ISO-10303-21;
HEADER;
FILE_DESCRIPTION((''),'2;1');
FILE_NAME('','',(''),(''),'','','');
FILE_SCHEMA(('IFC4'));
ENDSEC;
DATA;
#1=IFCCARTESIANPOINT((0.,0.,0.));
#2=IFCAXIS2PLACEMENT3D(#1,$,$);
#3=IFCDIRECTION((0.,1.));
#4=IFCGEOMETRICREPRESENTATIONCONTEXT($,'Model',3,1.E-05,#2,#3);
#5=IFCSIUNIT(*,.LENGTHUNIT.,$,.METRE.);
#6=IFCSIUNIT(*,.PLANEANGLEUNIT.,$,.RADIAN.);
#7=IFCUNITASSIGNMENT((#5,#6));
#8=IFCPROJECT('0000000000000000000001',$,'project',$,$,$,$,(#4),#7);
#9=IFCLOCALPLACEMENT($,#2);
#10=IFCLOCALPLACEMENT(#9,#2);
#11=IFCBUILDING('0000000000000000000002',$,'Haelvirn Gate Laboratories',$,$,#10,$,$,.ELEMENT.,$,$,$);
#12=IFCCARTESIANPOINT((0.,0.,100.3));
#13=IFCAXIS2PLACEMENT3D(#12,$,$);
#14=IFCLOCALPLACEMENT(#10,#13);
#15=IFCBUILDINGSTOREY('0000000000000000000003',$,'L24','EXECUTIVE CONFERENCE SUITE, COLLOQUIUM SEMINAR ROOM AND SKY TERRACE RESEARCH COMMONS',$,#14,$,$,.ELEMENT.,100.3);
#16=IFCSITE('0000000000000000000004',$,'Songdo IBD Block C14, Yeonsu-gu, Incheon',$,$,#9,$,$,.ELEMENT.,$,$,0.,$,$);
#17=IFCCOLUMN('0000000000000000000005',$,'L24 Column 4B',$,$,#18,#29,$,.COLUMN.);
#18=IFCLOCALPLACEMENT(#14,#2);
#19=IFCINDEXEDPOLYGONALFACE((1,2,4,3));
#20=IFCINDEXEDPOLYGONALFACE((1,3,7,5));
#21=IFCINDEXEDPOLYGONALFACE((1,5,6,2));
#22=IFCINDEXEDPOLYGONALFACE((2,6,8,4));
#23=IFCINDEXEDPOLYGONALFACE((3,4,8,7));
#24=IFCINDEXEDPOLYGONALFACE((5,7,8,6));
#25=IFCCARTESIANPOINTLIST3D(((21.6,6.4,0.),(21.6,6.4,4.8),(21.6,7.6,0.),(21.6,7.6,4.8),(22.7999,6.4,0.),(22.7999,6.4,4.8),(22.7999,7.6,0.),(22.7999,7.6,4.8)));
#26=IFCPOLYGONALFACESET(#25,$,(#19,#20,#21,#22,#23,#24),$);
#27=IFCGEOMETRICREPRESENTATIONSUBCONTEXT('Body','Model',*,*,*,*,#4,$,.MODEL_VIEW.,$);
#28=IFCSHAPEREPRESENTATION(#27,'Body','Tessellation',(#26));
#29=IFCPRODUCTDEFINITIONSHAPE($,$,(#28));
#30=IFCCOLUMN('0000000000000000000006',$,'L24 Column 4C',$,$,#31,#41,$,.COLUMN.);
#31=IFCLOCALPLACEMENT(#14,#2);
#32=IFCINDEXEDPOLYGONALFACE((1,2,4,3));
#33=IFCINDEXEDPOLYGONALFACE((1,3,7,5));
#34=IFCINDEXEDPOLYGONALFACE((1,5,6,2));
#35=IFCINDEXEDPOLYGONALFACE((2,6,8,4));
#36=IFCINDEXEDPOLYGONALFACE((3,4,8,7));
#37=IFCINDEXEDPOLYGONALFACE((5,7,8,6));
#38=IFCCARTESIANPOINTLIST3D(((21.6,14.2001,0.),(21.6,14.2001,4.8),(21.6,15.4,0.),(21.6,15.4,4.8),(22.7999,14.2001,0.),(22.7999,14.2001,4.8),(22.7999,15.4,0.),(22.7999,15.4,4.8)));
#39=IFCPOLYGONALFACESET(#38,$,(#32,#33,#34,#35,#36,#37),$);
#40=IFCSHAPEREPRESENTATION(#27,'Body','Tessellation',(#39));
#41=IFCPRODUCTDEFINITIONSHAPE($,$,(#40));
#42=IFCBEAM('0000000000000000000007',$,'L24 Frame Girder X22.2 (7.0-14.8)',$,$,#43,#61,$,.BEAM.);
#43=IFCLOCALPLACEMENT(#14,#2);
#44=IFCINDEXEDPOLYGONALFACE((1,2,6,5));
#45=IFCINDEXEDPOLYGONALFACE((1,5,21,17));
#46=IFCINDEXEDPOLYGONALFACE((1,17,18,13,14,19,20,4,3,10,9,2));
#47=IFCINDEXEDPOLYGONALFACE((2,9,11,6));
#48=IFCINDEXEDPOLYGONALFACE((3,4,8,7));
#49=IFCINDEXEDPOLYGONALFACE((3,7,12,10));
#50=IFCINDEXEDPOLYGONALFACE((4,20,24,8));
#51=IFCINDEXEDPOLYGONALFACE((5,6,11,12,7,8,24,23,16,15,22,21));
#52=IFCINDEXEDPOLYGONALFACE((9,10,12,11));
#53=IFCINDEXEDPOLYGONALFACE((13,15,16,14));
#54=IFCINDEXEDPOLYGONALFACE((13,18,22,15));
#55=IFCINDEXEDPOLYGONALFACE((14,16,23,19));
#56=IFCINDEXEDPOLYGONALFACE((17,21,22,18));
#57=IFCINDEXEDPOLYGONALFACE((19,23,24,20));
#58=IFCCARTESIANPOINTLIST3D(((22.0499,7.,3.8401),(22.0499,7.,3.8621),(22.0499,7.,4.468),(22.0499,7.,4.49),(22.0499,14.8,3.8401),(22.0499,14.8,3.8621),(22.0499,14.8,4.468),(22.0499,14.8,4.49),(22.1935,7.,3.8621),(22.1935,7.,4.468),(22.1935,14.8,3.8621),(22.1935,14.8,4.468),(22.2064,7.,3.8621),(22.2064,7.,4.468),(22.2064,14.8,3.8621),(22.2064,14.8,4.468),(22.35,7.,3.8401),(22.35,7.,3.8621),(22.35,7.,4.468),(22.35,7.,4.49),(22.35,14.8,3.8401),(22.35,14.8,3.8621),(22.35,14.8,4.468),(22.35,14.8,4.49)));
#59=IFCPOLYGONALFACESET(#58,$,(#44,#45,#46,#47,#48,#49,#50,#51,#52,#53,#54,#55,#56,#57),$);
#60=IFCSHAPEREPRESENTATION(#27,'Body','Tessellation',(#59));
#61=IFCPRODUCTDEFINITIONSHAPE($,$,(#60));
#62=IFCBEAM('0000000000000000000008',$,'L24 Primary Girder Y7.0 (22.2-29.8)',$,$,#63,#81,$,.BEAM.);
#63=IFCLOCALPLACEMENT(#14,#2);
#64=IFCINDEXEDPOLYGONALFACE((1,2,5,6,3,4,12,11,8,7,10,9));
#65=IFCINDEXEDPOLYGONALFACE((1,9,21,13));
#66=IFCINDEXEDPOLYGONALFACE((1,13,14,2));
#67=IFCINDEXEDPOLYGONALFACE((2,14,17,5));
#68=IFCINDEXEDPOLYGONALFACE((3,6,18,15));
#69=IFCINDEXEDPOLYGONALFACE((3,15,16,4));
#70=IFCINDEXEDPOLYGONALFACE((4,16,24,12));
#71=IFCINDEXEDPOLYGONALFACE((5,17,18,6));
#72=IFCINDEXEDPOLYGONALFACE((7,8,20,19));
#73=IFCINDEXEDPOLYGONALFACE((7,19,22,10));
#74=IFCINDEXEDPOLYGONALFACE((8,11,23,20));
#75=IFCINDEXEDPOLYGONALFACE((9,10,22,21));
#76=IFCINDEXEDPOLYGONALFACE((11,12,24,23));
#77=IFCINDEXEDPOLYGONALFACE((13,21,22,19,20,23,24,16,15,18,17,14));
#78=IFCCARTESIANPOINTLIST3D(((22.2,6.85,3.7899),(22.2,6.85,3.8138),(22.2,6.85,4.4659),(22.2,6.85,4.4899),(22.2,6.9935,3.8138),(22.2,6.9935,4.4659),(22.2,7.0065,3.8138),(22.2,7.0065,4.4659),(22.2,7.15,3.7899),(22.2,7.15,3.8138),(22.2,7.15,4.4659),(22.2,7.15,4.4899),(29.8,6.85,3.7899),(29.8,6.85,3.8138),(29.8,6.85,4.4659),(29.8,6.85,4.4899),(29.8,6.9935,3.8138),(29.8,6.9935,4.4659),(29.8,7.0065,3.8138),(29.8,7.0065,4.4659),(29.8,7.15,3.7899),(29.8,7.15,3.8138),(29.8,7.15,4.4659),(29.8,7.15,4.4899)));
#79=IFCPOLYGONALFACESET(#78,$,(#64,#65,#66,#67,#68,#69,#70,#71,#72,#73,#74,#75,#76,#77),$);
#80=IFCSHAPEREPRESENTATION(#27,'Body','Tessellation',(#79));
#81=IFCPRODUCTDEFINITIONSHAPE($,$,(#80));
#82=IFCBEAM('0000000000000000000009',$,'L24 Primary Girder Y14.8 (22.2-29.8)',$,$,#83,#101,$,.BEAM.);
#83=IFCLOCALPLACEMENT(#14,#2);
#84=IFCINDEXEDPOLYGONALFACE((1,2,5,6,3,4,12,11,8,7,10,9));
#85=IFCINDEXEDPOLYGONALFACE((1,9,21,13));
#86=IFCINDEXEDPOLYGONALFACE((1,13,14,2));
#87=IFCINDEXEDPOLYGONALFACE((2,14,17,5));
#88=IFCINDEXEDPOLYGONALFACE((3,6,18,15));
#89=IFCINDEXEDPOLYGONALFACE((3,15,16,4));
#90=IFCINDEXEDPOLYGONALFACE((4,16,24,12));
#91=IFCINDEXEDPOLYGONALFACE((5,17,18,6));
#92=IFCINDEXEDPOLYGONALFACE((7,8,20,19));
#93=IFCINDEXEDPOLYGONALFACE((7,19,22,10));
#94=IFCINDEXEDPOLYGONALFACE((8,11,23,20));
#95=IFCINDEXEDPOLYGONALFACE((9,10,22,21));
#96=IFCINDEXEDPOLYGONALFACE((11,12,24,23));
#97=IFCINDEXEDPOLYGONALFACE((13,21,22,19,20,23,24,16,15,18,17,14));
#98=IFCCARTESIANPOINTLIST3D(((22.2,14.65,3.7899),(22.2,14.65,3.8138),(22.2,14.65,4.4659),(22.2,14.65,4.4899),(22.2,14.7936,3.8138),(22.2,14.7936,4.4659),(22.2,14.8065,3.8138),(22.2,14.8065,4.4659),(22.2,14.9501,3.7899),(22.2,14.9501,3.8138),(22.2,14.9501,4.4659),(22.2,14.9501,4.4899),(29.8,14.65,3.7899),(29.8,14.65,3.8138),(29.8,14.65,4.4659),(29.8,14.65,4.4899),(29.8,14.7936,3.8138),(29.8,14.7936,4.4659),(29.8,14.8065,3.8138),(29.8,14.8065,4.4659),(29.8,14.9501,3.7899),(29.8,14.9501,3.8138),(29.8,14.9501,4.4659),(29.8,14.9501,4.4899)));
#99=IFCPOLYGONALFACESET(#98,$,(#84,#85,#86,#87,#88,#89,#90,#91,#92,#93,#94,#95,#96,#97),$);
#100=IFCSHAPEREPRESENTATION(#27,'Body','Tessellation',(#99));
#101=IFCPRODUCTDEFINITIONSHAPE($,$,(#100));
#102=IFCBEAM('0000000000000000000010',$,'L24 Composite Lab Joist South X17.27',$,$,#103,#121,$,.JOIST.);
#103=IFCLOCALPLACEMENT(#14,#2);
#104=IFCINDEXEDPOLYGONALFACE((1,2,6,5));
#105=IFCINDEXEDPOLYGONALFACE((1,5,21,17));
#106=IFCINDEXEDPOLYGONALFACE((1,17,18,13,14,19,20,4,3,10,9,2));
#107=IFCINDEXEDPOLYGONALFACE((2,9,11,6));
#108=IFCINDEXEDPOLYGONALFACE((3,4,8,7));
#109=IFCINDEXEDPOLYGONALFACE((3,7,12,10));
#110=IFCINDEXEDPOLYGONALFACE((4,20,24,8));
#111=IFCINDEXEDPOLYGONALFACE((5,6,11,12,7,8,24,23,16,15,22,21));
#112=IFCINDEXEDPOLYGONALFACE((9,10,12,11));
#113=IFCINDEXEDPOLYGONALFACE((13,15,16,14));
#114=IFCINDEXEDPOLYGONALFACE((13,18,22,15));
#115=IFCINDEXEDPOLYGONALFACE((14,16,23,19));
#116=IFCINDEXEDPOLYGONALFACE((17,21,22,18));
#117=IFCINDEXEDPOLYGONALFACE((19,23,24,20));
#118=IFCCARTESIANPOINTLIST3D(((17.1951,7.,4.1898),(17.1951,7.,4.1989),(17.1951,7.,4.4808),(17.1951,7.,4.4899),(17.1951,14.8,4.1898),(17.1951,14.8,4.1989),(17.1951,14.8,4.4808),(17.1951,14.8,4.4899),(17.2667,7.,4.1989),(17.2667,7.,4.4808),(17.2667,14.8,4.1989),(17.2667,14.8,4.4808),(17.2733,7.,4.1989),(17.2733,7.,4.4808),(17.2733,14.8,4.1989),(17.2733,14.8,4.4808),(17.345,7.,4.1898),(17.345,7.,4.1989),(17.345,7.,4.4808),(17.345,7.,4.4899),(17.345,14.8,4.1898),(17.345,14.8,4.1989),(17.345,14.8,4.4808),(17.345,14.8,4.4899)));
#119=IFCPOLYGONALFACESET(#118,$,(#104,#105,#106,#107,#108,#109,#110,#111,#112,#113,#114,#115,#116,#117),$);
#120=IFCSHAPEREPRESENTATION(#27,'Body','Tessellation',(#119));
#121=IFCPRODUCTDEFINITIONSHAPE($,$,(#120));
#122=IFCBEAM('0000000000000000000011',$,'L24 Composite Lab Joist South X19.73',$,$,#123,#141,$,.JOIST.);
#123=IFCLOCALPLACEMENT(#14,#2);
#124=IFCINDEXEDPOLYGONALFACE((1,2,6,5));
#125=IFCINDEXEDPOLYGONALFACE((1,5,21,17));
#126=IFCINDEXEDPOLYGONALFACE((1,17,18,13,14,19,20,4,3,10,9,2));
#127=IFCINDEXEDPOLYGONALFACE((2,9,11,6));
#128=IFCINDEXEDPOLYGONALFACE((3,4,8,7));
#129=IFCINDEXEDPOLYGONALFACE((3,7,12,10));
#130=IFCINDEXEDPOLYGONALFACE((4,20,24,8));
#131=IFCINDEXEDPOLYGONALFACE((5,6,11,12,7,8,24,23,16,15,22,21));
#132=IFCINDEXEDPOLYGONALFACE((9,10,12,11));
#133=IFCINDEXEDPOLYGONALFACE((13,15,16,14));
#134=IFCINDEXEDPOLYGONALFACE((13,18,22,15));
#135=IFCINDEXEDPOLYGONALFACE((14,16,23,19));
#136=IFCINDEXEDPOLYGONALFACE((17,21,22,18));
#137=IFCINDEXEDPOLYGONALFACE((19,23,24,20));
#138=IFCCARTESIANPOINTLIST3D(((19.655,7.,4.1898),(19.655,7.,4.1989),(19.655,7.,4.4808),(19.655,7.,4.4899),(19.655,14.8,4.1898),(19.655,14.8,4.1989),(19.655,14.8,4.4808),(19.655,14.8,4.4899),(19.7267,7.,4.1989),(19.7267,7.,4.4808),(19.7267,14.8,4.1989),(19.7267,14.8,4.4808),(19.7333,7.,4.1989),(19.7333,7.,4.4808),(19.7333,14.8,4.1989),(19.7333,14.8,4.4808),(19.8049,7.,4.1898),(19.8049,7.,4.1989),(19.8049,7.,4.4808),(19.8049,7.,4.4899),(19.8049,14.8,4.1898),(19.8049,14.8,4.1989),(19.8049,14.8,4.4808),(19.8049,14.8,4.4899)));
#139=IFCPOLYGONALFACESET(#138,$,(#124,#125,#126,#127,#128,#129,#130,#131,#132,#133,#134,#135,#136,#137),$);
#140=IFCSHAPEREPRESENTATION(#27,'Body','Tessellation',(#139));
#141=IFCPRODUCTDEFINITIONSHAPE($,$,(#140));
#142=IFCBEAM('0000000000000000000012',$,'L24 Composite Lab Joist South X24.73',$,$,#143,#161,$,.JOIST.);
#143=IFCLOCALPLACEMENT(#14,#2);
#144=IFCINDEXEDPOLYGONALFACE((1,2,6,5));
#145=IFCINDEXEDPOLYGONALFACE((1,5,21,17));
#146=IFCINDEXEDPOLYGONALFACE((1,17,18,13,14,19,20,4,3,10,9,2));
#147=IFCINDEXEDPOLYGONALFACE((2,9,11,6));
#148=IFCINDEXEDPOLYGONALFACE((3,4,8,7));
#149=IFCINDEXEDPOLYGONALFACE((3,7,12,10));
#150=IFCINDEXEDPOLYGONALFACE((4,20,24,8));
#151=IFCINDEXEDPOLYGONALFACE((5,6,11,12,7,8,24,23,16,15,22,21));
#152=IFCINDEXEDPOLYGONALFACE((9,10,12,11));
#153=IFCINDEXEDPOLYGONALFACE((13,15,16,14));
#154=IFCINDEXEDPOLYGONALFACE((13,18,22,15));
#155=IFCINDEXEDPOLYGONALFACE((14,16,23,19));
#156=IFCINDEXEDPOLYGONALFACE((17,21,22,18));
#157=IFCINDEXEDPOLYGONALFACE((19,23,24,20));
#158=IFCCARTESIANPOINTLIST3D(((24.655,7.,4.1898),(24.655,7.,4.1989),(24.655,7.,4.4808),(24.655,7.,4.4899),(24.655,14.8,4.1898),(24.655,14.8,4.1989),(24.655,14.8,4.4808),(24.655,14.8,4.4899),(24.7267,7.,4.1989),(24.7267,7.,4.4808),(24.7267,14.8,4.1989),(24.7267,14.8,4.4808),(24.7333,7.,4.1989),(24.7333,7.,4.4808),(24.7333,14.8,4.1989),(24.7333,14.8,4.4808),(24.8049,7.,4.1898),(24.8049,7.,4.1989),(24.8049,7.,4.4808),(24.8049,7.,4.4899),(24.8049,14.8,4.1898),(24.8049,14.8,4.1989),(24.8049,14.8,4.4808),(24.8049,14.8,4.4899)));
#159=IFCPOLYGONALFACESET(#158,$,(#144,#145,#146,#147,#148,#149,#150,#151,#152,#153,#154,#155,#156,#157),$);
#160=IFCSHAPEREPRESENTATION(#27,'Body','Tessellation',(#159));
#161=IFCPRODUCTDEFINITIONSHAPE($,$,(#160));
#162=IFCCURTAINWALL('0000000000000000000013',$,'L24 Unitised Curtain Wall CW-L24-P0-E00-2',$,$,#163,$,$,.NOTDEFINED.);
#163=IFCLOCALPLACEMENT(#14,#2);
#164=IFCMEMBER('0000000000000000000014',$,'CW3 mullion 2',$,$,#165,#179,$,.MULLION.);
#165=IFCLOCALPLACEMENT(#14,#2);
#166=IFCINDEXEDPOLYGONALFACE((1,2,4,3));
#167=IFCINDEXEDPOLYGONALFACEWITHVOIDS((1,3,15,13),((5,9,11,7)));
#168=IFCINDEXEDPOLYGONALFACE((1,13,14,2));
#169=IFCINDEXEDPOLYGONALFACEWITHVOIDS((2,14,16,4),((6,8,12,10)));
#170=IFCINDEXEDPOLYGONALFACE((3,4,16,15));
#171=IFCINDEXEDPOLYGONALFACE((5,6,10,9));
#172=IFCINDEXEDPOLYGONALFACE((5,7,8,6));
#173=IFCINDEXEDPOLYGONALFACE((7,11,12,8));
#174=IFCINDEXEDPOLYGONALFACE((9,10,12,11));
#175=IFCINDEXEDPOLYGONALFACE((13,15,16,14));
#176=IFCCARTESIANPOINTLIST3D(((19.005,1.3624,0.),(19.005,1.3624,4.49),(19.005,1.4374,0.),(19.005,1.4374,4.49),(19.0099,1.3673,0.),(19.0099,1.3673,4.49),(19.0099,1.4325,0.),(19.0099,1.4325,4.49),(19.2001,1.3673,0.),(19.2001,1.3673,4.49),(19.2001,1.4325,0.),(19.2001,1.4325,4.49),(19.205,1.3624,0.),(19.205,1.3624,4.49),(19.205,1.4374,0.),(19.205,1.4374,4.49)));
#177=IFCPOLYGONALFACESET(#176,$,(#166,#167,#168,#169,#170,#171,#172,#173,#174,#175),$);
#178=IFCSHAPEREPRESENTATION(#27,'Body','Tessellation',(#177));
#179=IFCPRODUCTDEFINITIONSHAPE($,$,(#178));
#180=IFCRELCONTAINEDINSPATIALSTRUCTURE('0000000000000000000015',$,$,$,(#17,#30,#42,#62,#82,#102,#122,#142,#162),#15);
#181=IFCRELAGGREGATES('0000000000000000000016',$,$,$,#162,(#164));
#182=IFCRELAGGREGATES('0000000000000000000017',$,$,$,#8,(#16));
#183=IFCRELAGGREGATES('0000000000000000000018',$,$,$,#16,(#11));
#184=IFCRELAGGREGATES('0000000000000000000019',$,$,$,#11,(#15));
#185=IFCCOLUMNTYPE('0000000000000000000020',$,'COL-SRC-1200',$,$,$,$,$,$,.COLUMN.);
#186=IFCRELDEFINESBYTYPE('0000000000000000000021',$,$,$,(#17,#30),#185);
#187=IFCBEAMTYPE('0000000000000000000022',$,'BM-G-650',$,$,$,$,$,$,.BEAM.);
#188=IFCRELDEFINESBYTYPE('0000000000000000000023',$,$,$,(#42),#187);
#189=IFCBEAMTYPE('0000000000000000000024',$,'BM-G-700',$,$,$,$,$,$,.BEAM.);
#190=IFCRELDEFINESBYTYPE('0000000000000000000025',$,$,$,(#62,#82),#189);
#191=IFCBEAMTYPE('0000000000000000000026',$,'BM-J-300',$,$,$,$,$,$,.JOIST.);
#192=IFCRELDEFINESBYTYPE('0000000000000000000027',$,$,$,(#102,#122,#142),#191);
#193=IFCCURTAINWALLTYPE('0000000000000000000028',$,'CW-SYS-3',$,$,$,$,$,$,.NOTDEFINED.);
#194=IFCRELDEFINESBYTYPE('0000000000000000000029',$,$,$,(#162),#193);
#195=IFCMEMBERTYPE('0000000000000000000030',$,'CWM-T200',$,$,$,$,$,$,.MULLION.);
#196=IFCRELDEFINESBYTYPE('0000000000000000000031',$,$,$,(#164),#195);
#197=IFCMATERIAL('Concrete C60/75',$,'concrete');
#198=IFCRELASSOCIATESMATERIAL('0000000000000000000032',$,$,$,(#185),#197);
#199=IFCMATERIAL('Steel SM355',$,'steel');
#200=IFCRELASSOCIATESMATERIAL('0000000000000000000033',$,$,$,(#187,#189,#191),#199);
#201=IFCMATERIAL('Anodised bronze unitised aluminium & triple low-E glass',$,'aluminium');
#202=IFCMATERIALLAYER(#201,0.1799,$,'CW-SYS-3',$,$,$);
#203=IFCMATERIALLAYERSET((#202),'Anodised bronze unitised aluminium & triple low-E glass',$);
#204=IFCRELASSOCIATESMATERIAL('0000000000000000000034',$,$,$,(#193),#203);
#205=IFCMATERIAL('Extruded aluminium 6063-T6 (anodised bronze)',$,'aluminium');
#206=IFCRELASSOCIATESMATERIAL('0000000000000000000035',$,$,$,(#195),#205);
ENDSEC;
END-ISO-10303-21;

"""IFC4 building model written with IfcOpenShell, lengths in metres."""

from ifc_helpers import new_model, si_unit, direction, frame, origin, origin_2d, place, context, subcontext, project, spatial, rectangle, hollow_rectangle, i_section, extrude, source, transform, mapped, material, layer, layer_set, material_profile, profile_set, type_object, type_shapes, element, aggregate, save


model = new_model("IFC4")

# Units and contexts
model_context = context("Model", 3, precision=1e-05, world=origin(), true_north=direction((0.0, 1.0)))
body_context = subcontext(model_context, "Body", "Model", "MODEL_VIEW")
ifc_project = project(units=[si_unit("LENGTHUNIT", "METRE"), si_unit("PLANEANGLEUNIT", "RADIAN")], contexts=[model_context])

# Site, building, storey
site_placement = place(None, origin())
site = spatial("IfcSite", under=ifc_project, at=site_placement, Name="Songdo IBD Block C14, Yeonsu-gu, Incheon", CompositionType="ELEMENT", RefElevation=0.0)
building_placement = place(site_placement, origin())
building = spatial("IfcBuilding", under=site, at=building_placement, Name="Haelvirn Gate Laboratories", CompositionType="ELEMENT")
storey_placement = place(building_placement, frame((0.0, 0.0, 100.3)))
storey = spatial("IfcBuildingStorey", under=building, at=storey_placement, Name="L24", Description="EXECUTIVE CONFERENCE SUITE, COLLOQUIUM SEMINAR ROOM AND SKY TERRACE RESEARCH COMMONS", CompositionType="ELEMENT", Elevation=100.3)

# Columns
ifc_material_1 = material(Name="Concrete C60/75", Category="concrete")
ifc_material_profile_1 = material_profile(ifc_material_1, rectangle(XDim=1.2, YDim=1.2, at=origin_2d()), Name="SRC-1200x1200")
ifc_profile_set_1 = profile_set([ifc_material_profile_1], Name="Concrete C60/75")
column_type = type_object("IfcColumnType", Name="COL-SRC-1200", PredefinedType="COLUMN", material=ifc_profile_set_1)
shared_shape_1 = source(origin(), body_context, "Body", "SweptSolid", [
    extrude(rectangle(XDim=1.2, YDim=1.2, at=origin_2d()), origin(), (0.0, 0.0, 1.0), 4.8),
])
type_shapes(column_type, [shared_shape_1])
for number, where, z_axis, x_axis, name in (
    (1, (22.2, 7.0, 0.0), (0.0, 0.0, 1.0), (1.0, 0.0, 0.0), "L24 Column 4B"),
    (2, (22.2, 14.8, 0.0), (0.0, 0.0, 1.0), (1.0, 0.0, 0.0), "L24 Column 4C"),
):
    element("IfcColumn", number, at=place(storey_placement, frame(where, z_axis=z_axis, x_axis=x_axis)), inside=storey, type_object=column_type, Name=name, PredefinedType="COLUMN", context=body_context, shape_type="MappedRepresentation", body=[
        mapped(shared_shape_1, transform((0.0, 0.0, 0.0), scale=1.0)),
    ])

# Beams
ifc_material_2 = material(Name="Steel SM355", Category="steel")
ifc_material_profile_2 = material_profile(ifc_material_2, i_section(OverallWidth=0.3, OverallDepth=0.6499, WebThickness=0.0129, FlangeThickness=0.022, at=origin_2d()), Name="H-650x300x13x22")
ifc_profile_set_2 = profile_set([ifc_material_profile_2], Name="Steel SM355")
beam_type_1 = type_object("IfcBeamType", Name="BM-G-650", PredefinedType="BEAM", material=ifc_profile_set_2)
shared_shape_2 = source(origin(), body_context, "Body", "SweptSolid", [
    extrude(i_section(OverallWidth=0.3, OverallDepth=0.6499, WebThickness=0.0129, FlangeThickness=0.022, at=origin_2d()), origin(), (0.0, 0.0, 1.0), 7.8),
])
type_shapes(beam_type_1, [shared_shape_2])
beam_placement = place(storey_placement, frame((22.2, 7.0, 4.165), z_axis=(0.0, 1.0, 0.0), x_axis=(-1.0, 0.0, 0.0)))
element("IfcBeam", 3, at=beam_placement, inside=storey, type_object=beam_type_1, Name="L24 Frame Girder X22.2 (7.0-14.8)", PredefinedType="BEAM", context=body_context, shape_type="MappedRepresentation", body=[
    mapped(shared_shape_2, transform((0.0, 0.0, 0.0), scale=1.0)),
])
ifc_material_profile_3 = material_profile(ifc_material_2, i_section(OverallWidth=0.3, OverallDepth=0.7, WebThickness=0.0129, FlangeThickness=0.0239, at=origin_2d()), Name="H-700x300x13x24")
ifc_profile_set_3 = profile_set([ifc_material_profile_3], Name="Steel SM355")
beam_type_2 = type_object("IfcBeamType", Name="BM-G-700", PredefinedType="BEAM", material=ifc_profile_set_3)
shared_shape_3 = source(origin(), body_context, "Body", "SweptSolid", [
    extrude(i_section(OverallWidth=0.3, OverallDepth=0.7, WebThickness=0.0129, FlangeThickness=0.0239, at=origin_2d()), origin(), (0.0, 0.0, 1.0), 7.6001),
])
type_shapes(beam_type_2, [shared_shape_3])
for number, where, z_axis, x_axis, name in (
    (4, (22.2, 7.0, 4.1399), (1.0, 0.0, 0.0), (0.0, 1.0, 0.0), "L24 Primary Girder Y7.0 (22.2-29.8)"),
    (5, (22.2, 14.8, 4.1399), (1.0, 0.0, 0.0), (0.0, 1.0, 0.0), "L24 Primary Girder Y14.8 (22.2-29.8)"),
):
    element("IfcBeam", number, at=place(storey_placement, frame(where, z_axis=z_axis, x_axis=x_axis)), inside=storey, type_object=beam_type_2, Name=name, PredefinedType="BEAM", context=body_context, shape_type="MappedRepresentation", body=[
        mapped(shared_shape_3, transform((0.0, 0.0, 0.0), scale=1.0)),
    ])
ifc_material_profile_4 = material_profile(ifc_material_2, i_section(OverallWidth=0.1499, OverallDepth=0.3, WebThickness=0.0066, FlangeThickness=0.009, at=origin_2d()), Name="H-300x150x6.5x9")
ifc_profile_set_4 = profile_set([ifc_material_profile_4], Name="Steel SM355")
beam_type_3 = type_object("IfcBeamType", Name="BM-J-300", PredefinedType="JOIST", material=ifc_profile_set_4)
shared_shape_4 = source(origin(), body_context, "Body", "SweptSolid", [
    extrude(i_section(OverallWidth=0.1499, OverallDepth=0.3, WebThickness=0.0066, FlangeThickness=0.009, at=origin_2d()), origin(), (0.0, 0.0, 1.0), 7.8),
])
type_shapes(beam_type_3, [shared_shape_4])
for number, where, z_axis, x_axis, name in (
    (6, (17.27, 7.0, 4.3398), (0.0, 1.0, 0.0), (-1.0, 0.0, 0.0), "L24 Composite Lab Joist South X17.27"),
    (7, (19.73, 7.0, 4.3398), (0.0, 1.0, 0.0), (-1.0, 0.0, 0.0), "L24 Composite Lab Joist South X19.73"),
    (8, (24.73, 7.0, 4.3398), (0.0, 1.0, 0.0), (-1.0, 0.0, 0.0), "L24 Composite Lab Joist South X24.73"),
):
    element("IfcBeam", number, at=place(storey_placement, frame(where, z_axis=z_axis, x_axis=x_axis)), inside=storey, type_object=beam_type_3, Name=name, PredefinedType="JOIST", context=body_context, shape_type="MappedRepresentation", body=[
        mapped(shared_shape_4, transform((0.0, 0.0, 0.0), scale=1.0)),
    ])

# Curtain wall, member
ifc_material_3 = material(Name="Anodised bronze unitised aluminium & triple low-E glass", Category="aluminium")
ifc_layer_1 = layer(ifc_material_3, 0.1799, Name="CW-SYS-3")
ifc_layer_set_1 = layer_set([ifc_layer_1], Name="Anodised bronze unitised aluminium & triple low-E glass")
curtain_wall_type = type_object("IfcCurtainWallType", Name="CW-SYS-3", PredefinedType="NOTDEFINED", material=ifc_layer_set_1)
curtain_wall_1_placement = place(storey_placement, origin())
curtain_wall_1 = element("IfcCurtainWall", 9, at=curtain_wall_1_placement, inside=storey, type_object=curtain_wall_type, Name="L24 Unitised Curtain Wall CW-L24-P0-E00-2", PredefinedType="NOTDEFINED")
ifc_material_4 = material(Name="Extruded aluminium 6063-T6 (anodised bronze)", Category="aluminium")
ifc_material_profile_5 = material_profile(ifc_material_4, hollow_rectangle(XDim=0.075, YDim=0.2, WallThickness=0.0049, at=origin_2d()), Name="CWM-200x75x5")
ifc_profile_set_5 = profile_set([ifc_material_profile_5], Name="Extruded aluminium 6063-T6 (anodised bronze)")
member_type_1 = type_object("IfcMemberType", Name="CWM-T200", PredefinedType="MULLION", material=ifc_profile_set_5)
shared_shape_5 = source(origin(), body_context, "Body", "SweptSolid", [
    extrude(hollow_rectangle(XDim=0.075, YDim=0.2, WallThickness=0.0049, at=origin_2d()), origin(), (0.0, 0.0, 1.0), 4.49),
])
type_shapes(member_type_1, [shared_shape_5])
member_1_placement = place(storey_placement, frame((19.105, 1.3999, 0.0), z_axis=(0.0, 0.0, 1.0), x_axis=(0.0, 1.0, 0.0)))
member_1 = element("IfcMember", 10, at=member_1_placement, type_object=member_type_1, Name="CW3 mullion 2", PredefinedType="MULLION", context=body_context, shape_type="MappedRepresentation", body=[
    mapped(shared_shape_5, transform((0.0, 0.0, 0.0), scale=1.0)),
])

aggregate(curtain_wall_1, [member_1])

save(model, "model.ifc")
